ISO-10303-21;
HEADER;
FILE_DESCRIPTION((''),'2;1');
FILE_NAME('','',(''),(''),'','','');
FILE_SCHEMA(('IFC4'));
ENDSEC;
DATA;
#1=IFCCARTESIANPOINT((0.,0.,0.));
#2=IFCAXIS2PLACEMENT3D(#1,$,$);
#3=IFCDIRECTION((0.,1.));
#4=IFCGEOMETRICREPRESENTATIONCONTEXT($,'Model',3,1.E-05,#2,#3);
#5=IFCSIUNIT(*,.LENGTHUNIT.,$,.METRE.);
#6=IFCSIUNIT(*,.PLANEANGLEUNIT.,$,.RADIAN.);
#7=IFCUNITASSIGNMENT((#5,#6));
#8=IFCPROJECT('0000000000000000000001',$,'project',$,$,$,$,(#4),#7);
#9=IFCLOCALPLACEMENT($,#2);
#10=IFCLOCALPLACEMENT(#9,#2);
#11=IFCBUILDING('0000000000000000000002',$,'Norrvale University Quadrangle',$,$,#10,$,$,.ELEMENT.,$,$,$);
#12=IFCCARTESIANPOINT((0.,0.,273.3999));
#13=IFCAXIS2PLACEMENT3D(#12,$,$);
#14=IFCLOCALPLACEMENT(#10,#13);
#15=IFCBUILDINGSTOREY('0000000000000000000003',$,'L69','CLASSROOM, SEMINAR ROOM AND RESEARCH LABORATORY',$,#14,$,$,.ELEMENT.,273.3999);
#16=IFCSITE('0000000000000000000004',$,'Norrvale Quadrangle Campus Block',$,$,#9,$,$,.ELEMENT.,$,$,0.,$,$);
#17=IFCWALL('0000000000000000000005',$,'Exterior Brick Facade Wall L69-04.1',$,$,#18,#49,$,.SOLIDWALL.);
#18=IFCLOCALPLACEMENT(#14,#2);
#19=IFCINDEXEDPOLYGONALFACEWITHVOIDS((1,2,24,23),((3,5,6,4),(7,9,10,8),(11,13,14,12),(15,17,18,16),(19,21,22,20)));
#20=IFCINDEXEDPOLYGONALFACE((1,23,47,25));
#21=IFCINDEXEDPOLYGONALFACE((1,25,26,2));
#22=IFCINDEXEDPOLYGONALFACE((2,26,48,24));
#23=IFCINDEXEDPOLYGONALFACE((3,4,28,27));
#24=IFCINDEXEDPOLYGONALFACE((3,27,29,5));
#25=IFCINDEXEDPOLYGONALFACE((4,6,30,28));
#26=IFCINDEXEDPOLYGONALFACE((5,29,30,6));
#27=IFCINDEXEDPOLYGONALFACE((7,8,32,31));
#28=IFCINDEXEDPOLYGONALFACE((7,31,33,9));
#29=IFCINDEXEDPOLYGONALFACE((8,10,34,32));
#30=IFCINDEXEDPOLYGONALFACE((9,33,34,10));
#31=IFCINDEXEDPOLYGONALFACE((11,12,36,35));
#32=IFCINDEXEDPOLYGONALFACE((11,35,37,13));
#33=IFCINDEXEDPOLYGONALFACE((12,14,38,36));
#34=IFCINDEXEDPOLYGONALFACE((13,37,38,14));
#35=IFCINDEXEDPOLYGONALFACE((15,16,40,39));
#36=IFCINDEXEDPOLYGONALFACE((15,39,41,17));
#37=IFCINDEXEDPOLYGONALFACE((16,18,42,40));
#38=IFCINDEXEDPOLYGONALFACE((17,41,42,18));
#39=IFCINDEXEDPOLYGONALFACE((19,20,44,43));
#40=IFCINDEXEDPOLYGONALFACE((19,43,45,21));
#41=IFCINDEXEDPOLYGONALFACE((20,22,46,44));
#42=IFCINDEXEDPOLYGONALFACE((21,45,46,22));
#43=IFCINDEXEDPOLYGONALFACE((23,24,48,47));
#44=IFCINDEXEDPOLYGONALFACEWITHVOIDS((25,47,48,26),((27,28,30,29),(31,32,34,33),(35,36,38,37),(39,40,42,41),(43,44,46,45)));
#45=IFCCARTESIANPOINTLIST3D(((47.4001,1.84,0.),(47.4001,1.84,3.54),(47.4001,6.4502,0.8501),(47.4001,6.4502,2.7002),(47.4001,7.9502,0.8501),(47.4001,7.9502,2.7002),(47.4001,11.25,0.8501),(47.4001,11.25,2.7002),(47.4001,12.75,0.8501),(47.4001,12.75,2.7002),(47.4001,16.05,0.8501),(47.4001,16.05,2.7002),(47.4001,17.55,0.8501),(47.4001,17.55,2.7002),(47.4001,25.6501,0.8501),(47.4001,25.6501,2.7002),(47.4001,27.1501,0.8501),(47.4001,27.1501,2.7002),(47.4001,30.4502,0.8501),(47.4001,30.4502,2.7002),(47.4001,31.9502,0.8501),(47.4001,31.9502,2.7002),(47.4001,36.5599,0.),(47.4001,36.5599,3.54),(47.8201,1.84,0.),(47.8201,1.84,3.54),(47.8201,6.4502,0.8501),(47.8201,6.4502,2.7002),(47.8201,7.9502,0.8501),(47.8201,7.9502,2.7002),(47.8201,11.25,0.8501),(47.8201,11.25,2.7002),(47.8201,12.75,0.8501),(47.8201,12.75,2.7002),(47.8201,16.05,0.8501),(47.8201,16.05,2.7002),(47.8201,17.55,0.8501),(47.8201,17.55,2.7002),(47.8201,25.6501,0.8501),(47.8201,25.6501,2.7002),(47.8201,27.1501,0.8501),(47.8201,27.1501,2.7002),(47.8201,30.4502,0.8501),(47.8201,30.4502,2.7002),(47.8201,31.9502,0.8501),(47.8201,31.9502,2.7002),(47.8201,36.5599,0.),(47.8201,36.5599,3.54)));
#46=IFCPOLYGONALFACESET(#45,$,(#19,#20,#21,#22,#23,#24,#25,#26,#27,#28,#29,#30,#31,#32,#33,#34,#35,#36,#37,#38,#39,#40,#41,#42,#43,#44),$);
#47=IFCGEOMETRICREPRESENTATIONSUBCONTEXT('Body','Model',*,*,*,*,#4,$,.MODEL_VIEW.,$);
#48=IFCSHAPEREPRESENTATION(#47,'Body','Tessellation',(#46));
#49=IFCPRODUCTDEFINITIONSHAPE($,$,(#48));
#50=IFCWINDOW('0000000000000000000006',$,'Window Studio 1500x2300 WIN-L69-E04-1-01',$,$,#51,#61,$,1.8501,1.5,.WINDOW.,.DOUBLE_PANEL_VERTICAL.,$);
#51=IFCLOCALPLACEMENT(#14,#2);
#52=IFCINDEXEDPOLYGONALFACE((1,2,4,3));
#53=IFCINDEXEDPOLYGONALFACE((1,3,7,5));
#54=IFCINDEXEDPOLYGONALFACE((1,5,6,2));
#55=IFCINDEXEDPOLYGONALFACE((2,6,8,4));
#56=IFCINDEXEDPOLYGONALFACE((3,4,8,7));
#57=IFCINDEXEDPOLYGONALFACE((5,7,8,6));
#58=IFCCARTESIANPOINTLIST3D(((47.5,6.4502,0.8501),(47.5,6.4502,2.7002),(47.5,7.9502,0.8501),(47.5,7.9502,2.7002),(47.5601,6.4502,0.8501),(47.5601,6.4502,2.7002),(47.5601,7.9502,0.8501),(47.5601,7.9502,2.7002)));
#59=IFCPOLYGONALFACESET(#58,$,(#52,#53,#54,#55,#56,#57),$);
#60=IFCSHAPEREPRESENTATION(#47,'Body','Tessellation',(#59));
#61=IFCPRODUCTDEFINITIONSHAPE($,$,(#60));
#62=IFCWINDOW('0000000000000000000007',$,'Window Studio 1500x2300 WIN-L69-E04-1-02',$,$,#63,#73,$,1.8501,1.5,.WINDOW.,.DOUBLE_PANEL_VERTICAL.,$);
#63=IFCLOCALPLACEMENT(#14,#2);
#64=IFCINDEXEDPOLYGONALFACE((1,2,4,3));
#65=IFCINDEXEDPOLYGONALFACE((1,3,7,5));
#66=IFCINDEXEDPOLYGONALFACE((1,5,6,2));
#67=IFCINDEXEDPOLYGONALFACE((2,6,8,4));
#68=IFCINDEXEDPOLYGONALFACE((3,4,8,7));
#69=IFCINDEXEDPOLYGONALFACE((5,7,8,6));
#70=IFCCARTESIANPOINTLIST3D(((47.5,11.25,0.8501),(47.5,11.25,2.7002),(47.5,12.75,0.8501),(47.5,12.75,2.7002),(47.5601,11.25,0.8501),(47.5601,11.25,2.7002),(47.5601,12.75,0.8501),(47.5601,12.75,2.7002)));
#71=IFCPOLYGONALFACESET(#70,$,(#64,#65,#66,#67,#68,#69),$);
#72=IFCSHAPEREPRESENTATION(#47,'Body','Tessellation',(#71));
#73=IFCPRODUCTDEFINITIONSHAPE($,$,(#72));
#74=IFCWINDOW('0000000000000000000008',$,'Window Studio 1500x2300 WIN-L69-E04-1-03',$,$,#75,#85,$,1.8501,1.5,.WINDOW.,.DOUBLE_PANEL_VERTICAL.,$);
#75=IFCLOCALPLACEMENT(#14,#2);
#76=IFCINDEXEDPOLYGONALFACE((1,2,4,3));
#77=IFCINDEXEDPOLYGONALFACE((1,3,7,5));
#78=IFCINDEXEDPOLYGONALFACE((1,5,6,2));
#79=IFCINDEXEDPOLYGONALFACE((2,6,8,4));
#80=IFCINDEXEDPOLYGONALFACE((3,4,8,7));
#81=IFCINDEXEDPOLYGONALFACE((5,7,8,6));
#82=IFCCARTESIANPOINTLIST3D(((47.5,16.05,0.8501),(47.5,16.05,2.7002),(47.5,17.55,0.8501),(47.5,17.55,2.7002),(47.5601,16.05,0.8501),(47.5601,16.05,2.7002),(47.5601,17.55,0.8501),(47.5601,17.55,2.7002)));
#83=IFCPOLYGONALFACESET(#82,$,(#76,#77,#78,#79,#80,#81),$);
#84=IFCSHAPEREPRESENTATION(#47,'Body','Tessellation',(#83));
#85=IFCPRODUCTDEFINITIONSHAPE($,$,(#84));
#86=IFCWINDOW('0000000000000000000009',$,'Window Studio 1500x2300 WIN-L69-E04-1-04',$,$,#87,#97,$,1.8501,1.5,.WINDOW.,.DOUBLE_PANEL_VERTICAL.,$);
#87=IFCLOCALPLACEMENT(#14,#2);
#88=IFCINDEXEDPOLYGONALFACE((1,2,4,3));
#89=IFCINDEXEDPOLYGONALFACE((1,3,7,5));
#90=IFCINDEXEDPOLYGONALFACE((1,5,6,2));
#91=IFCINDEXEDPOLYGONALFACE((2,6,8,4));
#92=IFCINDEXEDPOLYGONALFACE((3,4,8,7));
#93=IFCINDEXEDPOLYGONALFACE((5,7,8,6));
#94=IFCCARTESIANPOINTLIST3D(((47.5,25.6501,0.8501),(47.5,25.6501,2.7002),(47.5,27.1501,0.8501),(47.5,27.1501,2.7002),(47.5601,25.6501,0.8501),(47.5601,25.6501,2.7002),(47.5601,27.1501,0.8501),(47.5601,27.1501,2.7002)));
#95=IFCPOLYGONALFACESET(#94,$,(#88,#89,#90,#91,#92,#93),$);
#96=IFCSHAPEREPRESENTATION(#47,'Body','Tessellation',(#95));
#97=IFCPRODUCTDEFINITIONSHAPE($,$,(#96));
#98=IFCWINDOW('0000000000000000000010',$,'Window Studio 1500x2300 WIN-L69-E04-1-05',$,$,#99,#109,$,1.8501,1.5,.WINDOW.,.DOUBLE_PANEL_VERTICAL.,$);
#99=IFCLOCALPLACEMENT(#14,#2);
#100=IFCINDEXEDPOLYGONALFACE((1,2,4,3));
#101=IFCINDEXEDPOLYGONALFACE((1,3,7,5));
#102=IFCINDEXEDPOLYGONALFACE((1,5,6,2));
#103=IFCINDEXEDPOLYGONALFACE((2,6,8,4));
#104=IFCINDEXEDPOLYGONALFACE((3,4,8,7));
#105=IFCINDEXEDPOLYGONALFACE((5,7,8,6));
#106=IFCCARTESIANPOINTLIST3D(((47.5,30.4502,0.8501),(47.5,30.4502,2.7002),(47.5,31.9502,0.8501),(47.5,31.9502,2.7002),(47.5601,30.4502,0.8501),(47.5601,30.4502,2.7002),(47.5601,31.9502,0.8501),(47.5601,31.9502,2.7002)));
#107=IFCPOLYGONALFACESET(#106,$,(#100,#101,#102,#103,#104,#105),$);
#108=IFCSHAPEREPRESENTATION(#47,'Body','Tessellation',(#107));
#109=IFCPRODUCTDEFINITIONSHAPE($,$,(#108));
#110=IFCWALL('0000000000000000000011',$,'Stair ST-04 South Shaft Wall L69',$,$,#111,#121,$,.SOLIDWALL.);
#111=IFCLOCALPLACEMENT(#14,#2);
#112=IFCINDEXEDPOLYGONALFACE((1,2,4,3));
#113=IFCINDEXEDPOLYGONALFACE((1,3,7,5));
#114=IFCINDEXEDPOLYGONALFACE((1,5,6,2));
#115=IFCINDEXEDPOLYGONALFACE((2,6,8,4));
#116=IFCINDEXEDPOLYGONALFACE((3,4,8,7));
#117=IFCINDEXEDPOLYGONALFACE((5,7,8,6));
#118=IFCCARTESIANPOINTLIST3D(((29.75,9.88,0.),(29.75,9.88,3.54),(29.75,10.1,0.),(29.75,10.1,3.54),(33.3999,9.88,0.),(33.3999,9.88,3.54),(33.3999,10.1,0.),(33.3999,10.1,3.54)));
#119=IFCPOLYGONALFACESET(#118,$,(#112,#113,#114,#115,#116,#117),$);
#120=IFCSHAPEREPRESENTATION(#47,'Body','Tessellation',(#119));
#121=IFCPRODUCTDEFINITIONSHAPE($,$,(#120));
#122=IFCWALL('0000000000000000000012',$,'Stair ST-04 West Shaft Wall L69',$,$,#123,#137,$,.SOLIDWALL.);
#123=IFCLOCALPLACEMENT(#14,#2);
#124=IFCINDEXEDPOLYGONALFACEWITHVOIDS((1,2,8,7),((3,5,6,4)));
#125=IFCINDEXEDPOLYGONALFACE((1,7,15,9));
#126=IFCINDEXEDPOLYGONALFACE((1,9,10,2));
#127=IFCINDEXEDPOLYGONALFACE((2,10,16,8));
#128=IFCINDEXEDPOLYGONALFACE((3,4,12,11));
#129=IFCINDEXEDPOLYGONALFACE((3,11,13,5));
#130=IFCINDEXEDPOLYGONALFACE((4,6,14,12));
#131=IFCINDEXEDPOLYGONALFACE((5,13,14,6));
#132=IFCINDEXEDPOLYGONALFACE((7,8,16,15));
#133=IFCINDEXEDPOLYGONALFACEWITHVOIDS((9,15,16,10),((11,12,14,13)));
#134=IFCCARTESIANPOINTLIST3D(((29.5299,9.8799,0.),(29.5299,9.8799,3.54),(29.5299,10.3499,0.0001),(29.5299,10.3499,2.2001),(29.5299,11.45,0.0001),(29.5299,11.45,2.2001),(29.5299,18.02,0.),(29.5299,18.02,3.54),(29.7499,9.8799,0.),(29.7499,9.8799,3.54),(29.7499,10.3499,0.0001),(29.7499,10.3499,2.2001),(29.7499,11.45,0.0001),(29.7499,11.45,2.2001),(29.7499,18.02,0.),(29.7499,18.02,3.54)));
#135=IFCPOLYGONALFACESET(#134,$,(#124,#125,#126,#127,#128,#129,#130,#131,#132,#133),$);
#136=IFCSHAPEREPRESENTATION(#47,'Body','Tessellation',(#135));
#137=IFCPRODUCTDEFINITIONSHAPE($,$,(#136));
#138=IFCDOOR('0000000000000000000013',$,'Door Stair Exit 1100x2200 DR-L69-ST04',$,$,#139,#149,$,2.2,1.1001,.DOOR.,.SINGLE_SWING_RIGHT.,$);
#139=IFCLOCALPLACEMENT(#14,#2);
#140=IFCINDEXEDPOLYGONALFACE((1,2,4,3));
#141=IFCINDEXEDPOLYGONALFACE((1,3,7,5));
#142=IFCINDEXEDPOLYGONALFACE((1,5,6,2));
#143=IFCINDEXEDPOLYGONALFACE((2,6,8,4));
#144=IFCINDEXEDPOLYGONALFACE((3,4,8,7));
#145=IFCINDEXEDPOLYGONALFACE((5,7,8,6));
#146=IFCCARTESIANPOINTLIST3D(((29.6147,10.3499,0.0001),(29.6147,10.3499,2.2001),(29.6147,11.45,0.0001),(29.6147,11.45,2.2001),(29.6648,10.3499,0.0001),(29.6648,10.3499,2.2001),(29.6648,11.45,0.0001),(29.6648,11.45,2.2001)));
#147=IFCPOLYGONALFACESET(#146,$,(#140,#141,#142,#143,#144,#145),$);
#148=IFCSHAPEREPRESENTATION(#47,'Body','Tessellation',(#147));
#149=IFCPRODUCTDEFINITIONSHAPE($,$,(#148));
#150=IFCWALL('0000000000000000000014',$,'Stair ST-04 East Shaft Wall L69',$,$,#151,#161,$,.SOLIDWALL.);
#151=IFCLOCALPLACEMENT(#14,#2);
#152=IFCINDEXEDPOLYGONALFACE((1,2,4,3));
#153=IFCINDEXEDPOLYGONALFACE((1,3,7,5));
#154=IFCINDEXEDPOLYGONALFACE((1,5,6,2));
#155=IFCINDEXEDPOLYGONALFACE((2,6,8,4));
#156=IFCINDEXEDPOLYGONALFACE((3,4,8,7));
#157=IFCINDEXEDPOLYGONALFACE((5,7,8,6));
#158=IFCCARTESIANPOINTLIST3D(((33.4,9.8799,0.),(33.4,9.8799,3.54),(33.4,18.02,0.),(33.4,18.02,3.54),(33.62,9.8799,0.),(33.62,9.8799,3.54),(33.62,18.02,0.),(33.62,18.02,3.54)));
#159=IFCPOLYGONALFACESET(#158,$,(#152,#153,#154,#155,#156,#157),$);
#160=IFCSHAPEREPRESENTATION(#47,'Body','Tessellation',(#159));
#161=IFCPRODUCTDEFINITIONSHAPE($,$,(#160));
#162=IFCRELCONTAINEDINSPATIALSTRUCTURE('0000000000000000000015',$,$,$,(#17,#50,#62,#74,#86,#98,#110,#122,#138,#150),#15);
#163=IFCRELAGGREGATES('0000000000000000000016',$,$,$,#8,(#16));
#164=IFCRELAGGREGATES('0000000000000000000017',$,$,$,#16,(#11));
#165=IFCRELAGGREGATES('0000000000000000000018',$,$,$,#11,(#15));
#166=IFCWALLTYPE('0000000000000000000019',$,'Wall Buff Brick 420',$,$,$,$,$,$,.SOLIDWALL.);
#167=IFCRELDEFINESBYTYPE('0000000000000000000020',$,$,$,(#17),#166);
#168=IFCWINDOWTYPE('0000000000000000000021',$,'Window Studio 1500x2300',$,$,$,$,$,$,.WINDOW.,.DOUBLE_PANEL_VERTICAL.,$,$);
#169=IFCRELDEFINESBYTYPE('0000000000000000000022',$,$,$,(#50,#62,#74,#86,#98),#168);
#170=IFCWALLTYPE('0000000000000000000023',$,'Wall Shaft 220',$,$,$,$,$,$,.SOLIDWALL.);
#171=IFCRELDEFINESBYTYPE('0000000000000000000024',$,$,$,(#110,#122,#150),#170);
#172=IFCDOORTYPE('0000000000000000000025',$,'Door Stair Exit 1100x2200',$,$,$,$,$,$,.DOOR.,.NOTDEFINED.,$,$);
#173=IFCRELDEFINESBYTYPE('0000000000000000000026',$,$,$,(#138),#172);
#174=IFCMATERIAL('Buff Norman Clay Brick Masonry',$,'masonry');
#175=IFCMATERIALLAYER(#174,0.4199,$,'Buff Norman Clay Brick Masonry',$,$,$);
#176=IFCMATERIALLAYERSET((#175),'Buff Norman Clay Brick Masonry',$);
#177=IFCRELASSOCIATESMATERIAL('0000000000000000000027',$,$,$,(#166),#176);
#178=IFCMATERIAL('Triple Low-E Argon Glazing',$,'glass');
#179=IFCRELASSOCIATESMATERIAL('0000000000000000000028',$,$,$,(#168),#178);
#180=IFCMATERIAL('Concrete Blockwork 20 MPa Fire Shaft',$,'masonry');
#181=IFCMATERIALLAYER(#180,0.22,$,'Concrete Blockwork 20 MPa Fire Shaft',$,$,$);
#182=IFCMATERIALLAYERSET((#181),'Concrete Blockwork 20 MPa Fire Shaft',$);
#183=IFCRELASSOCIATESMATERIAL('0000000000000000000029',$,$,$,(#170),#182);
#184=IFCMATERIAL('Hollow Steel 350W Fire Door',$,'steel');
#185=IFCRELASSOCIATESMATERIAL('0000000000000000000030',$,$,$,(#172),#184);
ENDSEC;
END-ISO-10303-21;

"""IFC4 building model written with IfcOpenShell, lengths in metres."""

from ifc_helpers import new_model, si_unit, direction, frame, frame_2d, origin, place, context, subcontext, project, spatial, rectangle, extrude, material, layer, layer_set, type_object, element, fill, save


model = new_model("IFC4")

# Units and contexts
model_context = context("Model", 3, precision=1e-05, world=origin(), true_north=direction((0.0, 1.0)))
body_context = subcontext(model_context, "Body", "Model", "MODEL_VIEW")
ifc_project = project(units=[si_unit("LENGTHUNIT", "METRE"), si_unit("PLANEANGLEUNIT", "RADIAN")], contexts=[model_context])

# Site, building, storey
site_placement = place(None, origin())
site = spatial("IfcSite", under=ifc_project, at=site_placement, Name="Norrvale Quadrangle Campus Block", CompositionType="ELEMENT", RefElevation=0.0)
building_placement = place(site_placement, origin())
building = spatial("IfcBuilding", under=site, at=building_placement, Name="Norrvale University Quadrangle", CompositionType="ELEMENT")
storey_placement = place(building_placement, frame((0.0, 0.0, 273.3999)))
storey = spatial("IfcBuildingStorey", under=building, at=storey_placement, Name="L69", Description="CLASSROOM, SEMINAR ROOM AND RESEARCH LABORATORY", CompositionType="ELEMENT", Elevation=273.3999)

# Shared definitions
ifc_material_1 = material(Name="Buff Norman Clay Brick Masonry", Category="masonry")
ifc_layer_1 = layer(ifc_material_1, 0.4199, Name="Buff Norman Clay Brick Masonry")
ifc_layer_set_1 = layer_set([ifc_layer_1], Name="Buff Norman Clay Brick Masonry")
wall_type_1 = type_object("IfcWallType", Name="Wall Buff Brick 420", PredefinedType="SOLIDWALL", material=ifc_layer_set_1)

# Wall, openings, windows
wall_1_placement = place(storey_placement, frame((47.6101, 1.8401, 0.0), z_axis=(0.0, 0.0, 1.0), x_axis=(0.0, 1.0, 0.0)))
wall_1 = element("IfcWall", 1, at=wall_1_placement, inside=storey, type_object=wall_type_1, Name="Exterior Brick Facade Wall L69-04.1", PredefinedType="SOLIDWALL", context=body_context, shape_type="SweptSolid", body=[
    extrude(rectangle(XDim=34.72, YDim=0.4199, at=frame_2d((17.3599, 0.0))), origin(), (0.0, 0.0, 1.0), 3.54),
])
opening_1_placement = place(wall_1_placement, frame((4.6101, 0.0, 0.8501)))
opening_1 = element("IfcOpeningElement", 2, at=opening_1_placement, cuts=wall_1, PredefinedType="OPENING", context=body_context, shape_type="SweptSolid", body=[
    extrude(rectangle(XDim=1.5, YDim=1.8501, at=frame_2d((0.75, 0.925))), frame((0.0, 0.2219, 0.0), z_axis=(0.0, -1.0, 0.0), x_axis=(1.0, 0.0, 0.0)), (0.0, 0.0, 1.0), 0.4438),
])
opening_2_placement = place(wall_1_placement, frame((9.4099, 0.0, 0.8501)))
opening_2 = element("IfcOpeningElement", 3, at=opening_2_placement, cuts=wall_1, PredefinedType="OPENING", context=body_context, shape_type="SweptSolid", body=[
    extrude(rectangle(XDim=1.5, YDim=1.8501, at=frame_2d((0.75, 0.925))), frame((0.0, 0.2219, 0.0), z_axis=(0.0, -1.0, 0.0), x_axis=(1.0, 0.0, 0.0)), (0.0, 0.0, 1.0), 0.4438),
])
opening_3_placement = place(wall_1_placement, frame((14.21, 0.0, 0.8501)))
opening_3 = element("IfcOpeningElement", 4, at=opening_3_placement, cuts=wall_1, PredefinedType="OPENING", context=body_context, shape_type="SweptSolid", body=[
    extrude(rectangle(XDim=1.5, YDim=1.8501, at=frame_2d((0.75, 0.925))), frame((0.0, 0.2219, 0.0), z_axis=(0.0, -1.0, 0.0), x_axis=(1.0, 0.0, 0.0)), (0.0, 0.0, 1.0), 0.4438),
])
opening_4_placement = place(wall_1_placement, frame((23.8101, 0.0, 0.8501)))
opening_4 = element("IfcOpeningElement", 5, at=opening_4_placement, cuts=wall_1, PredefinedType="OPENING", context=body_context, shape_type="SweptSolid", body=[
    extrude(rectangle(XDim=1.5, YDim=1.8501, at=frame_2d((0.75, 0.925))), frame((0.0, 0.2219, 0.0), z_axis=(0.0, -1.0, 0.0), x_axis=(1.0, 0.0, 0.0)), (0.0, 0.0, 1.0), 0.4438),
])
opening_5_placement = place(wall_1_placement, frame((28.6101, 0.0, 0.8501)))
opening_5 = element("IfcOpeningElement", 6, at=opening_5_placement, cuts=wall_1, PredefinedType="OPENING", context=body_context, shape_type="SweptSolid", body=[
    extrude(rectangle(XDim=1.5, YDim=1.8501, at=frame_2d((0.75, 0.925))), frame((0.0, 0.2219, 0.0), z_axis=(0.0, -1.0, 0.0), x_axis=(1.0, 0.0, 0.0)), (0.0, 0.0, 1.0), 0.4438),
])
ifc_material_2 = material(Name="Triple Low-E Argon Glazing", Category="glass")
window_type = type_object("IfcWindowType", Name="Window Studio 1500x2300", PartitioningType="DOUBLE_PANEL_VERTICAL", PredefinedType="WINDOW", material=ifc_material_2)
window_1_placement = place(opening_1_placement, origin())
window_1 = element("IfcWindow", 7, at=window_1_placement, inside=storey, type_object=window_type, Name="Window Studio 1500x2300 WIN-L69-E04-1-01", OverallHeight=1.8501, OverallWidth=1.5, PartitioningType="DOUBLE_PANEL_VERTICAL", PredefinedType="WINDOW", context=body_context, shape_type="SweptSolid", body=[
    extrude(rectangle(XDim=1.5, YDim=1.8501, at=frame_2d((0.75, 0.925))), frame((0.0, 0.1101, 0.0), z_axis=(0.0, -1.0, 0.0), x_axis=(1.0, 0.0, 0.0)), (0.0, 0.0, 1.0), 0.0601),
])
fill(opening_1, window_1)
window_2_placement = place(opening_2_placement, origin())
window_2 = element("IfcWindow", 8, at=window_2_placement, inside=storey, type_object=window_type, Name="Window Studio 1500x2300 WIN-L69-E04-1-02", OverallHeight=1.8501, OverallWidth=1.5, PartitioningType="DOUBLE_PANEL_VERTICAL", PredefinedType="WINDOW", context=body_context, shape_type="SweptSolid", body=[
    extrude(rectangle(XDim=1.5, YDim=1.8501, at=frame_2d((0.75, 0.925))), frame((0.0, 0.1101, 0.0), z_axis=(0.0, -1.0, 0.0), x_axis=(1.0, 0.0, 0.0)), (0.0, 0.0, 1.0), 0.0601),
])
fill(opening_2, window_2)
window_3_placement = place(opening_3_placement, origin())
window_3 = element("IfcWindow", 9, at=window_3_placement, inside=storey, type_object=window_type, Name="Window Studio 1500x2300 WIN-L69-E04-1-03", OverallHeight=1.8501, OverallWidth=1.5, PartitioningType="DOUBLE_PANEL_VERTICAL", PredefinedType="WINDOW", context=body_context, shape_type="SweptSolid", body=[
    extrude(rectangle(XDim=1.5, YDim=1.8501, at=frame_2d((0.75, 0.925))), frame((0.0, 0.1101, 0.0), z_axis=(0.0, -1.0, 0.0), x_axis=(1.0, 0.0, 0.0)), (0.0, 0.0, 1.0), 0.0601),
])
fill(opening_3, window_3)
window_4_placement = place(opening_4_placement, origin())
window_4 = element("IfcWindow", 10, at=window_4_placement, inside=storey, type_object=window_type, Name="Window Studio 1500x2300 WIN-L69-E04-1-04", OverallHeight=1.8501, OverallWidth=1.5, PartitioningType="DOUBLE_PANEL_VERTICAL", PredefinedType="WINDOW", context=body_context, shape_type="SweptSolid", body=[
    extrude(rectangle(XDim=1.5, YDim=1.8501, at=frame_2d((0.75, 0.925))), frame((0.0, 0.1101, 0.0), z_axis=(0.0, -1.0, 0.0), x_axis=(1.0, 0.0, 0.0)), (0.0, 0.0, 1.0), 0.0601),
])
fill(opening_4, window_4)
window_5_placement = place(opening_5_placement, origin())
window_5 = element("IfcWindow", 11, at=window_5_placement, inside=storey, type_object=window_type, Name="Window Studio 1500x2300 WIN-L69-E04-1-05", OverallHeight=1.8501, OverallWidth=1.5, PartitioningType="DOUBLE_PANEL_VERTICAL", PredefinedType="WINDOW", context=body_context, shape_type="SweptSolid", body=[
    extrude(rectangle(XDim=1.5, YDim=1.8501, at=frame_2d((0.75, 0.925))), frame((0.0, 0.1101, 0.0), z_axis=(0.0, -1.0, 0.0), x_axis=(1.0, 0.0, 0.0)), (0.0, 0.0, 1.0), 0.0601),
])
fill(opening_5, window_5)

# Wall
ifc_material_3 = material(Name="Concrete Blockwork 20 MPa Fire Shaft", Category="masonry")
ifc_layer_2 = layer(ifc_material_3, 0.22, Name="Concrete Blockwork 20 MPa Fire Shaft")
ifc_layer_set_2 = layer_set([ifc_layer_2], Name="Concrete Blockwork 20 MPa Fire Shaft")
wall_type_2 = type_object("IfcWallType", Name="Wall Shaft 220", PredefinedType="SOLIDWALL", material=ifc_layer_set_2)
wall_2_placement = place(storey_placement, frame((29.75, 9.99, 0.0), z_axis=(0.0, 0.0, 1.0), x_axis=(1.0, 0.0, 0.0)))
element("IfcWall", 12, at=wall_2_placement, inside=storey, type_object=wall_type_2, Name="Stair ST-04 South Shaft Wall L69", PredefinedType="SOLIDWALL", context=body_context, shape_type="SweptSolid", body=[
    extrude(rectangle(XDim=3.6499, YDim=0.22, at=frame_2d((1.825, 0.0))), origin(), (0.0, 0.0, 1.0), 3.54),
])

# Wall, opening, door
wall_3_placement = place(storey_placement, frame((29.6399, 9.8799, 0.0), z_axis=(0.0, 0.0, 1.0), x_axis=(0.0, 1.0, 0.0)))
wall_3 = element("IfcWall", 13, at=wall_3_placement, inside=storey, type_object=wall_type_2, Name="Stair ST-04 West Shaft Wall L69", PredefinedType="SOLIDWALL", context=body_context, shape_type="SweptSolid", body=[
    extrude(rectangle(XDim=8.1401, YDim=0.22, at=frame_2d((4.0701, 0.0))), origin(), (0.0, 0.0, 1.0), 3.54),
])
opening_6_placement = place(wall_3_placement, frame((0.47, 0.0, 0.0)))
opening_6 = element("IfcOpeningElement", 14, at=opening_6_placement, cuts=wall_3, PredefinedType="OPENING", context=body_context, shape_type="SweptSolid", body=[
    extrude(rectangle(XDim=1.1001, YDim=2.2, at=frame_2d((0.55, 1.1001))), frame((0.0, 0.1221, 0.0), z_axis=(0.0, -1.0, 0.0), x_axis=(1.0, 0.0, 0.0)), (0.0, 0.0, 1.0), 0.2439),
])
ifc_material_4 = material(Name="Hollow Steel 350W Fire Door", Category="steel")
door_type = type_object("IfcDoorType", Name="Door Stair Exit 1100x2200", OperationType="NOTDEFINED", PredefinedType="DOOR", material=ifc_material_4)
door_placement = place(opening_6_placement, frame((1.1001, 0.0, 0.0), z_axis=(0.0, 0.0, 1.0), x_axis=(-1.0, 0.0, 0.0)))
door = element("IfcDoor", 15, at=door_placement, inside=storey, type_object=door_type, Name="Door Stair Exit 1100x2200 DR-L69-ST04", OperationType="SINGLE_SWING_RIGHT", OverallHeight=2.2, OverallWidth=1.1001, PredefinedType="DOOR", context=body_context, shape_type="SweptSolid", body=[
    extrude(rectangle(XDim=1.1001, YDim=2.2, at=frame_2d((0.55, 1.1001))), frame((0.0, 0.0249, 0.0), z_axis=(0.0, -1.0, 0.0), x_axis=(1.0, 0.0, 0.0)), (0.0, 0.0, 1.0), 0.05),
])
fill(opening_6, door)

# Wall
wall_4_placement = place(storey_placement, frame((33.51, 9.8799, 0.0), z_axis=(0.0, 0.0, 1.0), x_axis=(0.0, 1.0, 0.0)))
element("IfcWall", 16, at=wall_4_placement, inside=storey, type_object=wall_type_2, Name="Stair ST-04 East Shaft Wall L69", PredefinedType="SOLIDWALL", context=body_context, shape_type="SweptSolid", body=[
    extrude(rectangle(XDim=8.1401, YDim=0.22, at=frame_2d((4.0701, 0.0))), origin(), (0.0, 0.0, 1.0), 3.54),
])

save(model, "model.ifc")
